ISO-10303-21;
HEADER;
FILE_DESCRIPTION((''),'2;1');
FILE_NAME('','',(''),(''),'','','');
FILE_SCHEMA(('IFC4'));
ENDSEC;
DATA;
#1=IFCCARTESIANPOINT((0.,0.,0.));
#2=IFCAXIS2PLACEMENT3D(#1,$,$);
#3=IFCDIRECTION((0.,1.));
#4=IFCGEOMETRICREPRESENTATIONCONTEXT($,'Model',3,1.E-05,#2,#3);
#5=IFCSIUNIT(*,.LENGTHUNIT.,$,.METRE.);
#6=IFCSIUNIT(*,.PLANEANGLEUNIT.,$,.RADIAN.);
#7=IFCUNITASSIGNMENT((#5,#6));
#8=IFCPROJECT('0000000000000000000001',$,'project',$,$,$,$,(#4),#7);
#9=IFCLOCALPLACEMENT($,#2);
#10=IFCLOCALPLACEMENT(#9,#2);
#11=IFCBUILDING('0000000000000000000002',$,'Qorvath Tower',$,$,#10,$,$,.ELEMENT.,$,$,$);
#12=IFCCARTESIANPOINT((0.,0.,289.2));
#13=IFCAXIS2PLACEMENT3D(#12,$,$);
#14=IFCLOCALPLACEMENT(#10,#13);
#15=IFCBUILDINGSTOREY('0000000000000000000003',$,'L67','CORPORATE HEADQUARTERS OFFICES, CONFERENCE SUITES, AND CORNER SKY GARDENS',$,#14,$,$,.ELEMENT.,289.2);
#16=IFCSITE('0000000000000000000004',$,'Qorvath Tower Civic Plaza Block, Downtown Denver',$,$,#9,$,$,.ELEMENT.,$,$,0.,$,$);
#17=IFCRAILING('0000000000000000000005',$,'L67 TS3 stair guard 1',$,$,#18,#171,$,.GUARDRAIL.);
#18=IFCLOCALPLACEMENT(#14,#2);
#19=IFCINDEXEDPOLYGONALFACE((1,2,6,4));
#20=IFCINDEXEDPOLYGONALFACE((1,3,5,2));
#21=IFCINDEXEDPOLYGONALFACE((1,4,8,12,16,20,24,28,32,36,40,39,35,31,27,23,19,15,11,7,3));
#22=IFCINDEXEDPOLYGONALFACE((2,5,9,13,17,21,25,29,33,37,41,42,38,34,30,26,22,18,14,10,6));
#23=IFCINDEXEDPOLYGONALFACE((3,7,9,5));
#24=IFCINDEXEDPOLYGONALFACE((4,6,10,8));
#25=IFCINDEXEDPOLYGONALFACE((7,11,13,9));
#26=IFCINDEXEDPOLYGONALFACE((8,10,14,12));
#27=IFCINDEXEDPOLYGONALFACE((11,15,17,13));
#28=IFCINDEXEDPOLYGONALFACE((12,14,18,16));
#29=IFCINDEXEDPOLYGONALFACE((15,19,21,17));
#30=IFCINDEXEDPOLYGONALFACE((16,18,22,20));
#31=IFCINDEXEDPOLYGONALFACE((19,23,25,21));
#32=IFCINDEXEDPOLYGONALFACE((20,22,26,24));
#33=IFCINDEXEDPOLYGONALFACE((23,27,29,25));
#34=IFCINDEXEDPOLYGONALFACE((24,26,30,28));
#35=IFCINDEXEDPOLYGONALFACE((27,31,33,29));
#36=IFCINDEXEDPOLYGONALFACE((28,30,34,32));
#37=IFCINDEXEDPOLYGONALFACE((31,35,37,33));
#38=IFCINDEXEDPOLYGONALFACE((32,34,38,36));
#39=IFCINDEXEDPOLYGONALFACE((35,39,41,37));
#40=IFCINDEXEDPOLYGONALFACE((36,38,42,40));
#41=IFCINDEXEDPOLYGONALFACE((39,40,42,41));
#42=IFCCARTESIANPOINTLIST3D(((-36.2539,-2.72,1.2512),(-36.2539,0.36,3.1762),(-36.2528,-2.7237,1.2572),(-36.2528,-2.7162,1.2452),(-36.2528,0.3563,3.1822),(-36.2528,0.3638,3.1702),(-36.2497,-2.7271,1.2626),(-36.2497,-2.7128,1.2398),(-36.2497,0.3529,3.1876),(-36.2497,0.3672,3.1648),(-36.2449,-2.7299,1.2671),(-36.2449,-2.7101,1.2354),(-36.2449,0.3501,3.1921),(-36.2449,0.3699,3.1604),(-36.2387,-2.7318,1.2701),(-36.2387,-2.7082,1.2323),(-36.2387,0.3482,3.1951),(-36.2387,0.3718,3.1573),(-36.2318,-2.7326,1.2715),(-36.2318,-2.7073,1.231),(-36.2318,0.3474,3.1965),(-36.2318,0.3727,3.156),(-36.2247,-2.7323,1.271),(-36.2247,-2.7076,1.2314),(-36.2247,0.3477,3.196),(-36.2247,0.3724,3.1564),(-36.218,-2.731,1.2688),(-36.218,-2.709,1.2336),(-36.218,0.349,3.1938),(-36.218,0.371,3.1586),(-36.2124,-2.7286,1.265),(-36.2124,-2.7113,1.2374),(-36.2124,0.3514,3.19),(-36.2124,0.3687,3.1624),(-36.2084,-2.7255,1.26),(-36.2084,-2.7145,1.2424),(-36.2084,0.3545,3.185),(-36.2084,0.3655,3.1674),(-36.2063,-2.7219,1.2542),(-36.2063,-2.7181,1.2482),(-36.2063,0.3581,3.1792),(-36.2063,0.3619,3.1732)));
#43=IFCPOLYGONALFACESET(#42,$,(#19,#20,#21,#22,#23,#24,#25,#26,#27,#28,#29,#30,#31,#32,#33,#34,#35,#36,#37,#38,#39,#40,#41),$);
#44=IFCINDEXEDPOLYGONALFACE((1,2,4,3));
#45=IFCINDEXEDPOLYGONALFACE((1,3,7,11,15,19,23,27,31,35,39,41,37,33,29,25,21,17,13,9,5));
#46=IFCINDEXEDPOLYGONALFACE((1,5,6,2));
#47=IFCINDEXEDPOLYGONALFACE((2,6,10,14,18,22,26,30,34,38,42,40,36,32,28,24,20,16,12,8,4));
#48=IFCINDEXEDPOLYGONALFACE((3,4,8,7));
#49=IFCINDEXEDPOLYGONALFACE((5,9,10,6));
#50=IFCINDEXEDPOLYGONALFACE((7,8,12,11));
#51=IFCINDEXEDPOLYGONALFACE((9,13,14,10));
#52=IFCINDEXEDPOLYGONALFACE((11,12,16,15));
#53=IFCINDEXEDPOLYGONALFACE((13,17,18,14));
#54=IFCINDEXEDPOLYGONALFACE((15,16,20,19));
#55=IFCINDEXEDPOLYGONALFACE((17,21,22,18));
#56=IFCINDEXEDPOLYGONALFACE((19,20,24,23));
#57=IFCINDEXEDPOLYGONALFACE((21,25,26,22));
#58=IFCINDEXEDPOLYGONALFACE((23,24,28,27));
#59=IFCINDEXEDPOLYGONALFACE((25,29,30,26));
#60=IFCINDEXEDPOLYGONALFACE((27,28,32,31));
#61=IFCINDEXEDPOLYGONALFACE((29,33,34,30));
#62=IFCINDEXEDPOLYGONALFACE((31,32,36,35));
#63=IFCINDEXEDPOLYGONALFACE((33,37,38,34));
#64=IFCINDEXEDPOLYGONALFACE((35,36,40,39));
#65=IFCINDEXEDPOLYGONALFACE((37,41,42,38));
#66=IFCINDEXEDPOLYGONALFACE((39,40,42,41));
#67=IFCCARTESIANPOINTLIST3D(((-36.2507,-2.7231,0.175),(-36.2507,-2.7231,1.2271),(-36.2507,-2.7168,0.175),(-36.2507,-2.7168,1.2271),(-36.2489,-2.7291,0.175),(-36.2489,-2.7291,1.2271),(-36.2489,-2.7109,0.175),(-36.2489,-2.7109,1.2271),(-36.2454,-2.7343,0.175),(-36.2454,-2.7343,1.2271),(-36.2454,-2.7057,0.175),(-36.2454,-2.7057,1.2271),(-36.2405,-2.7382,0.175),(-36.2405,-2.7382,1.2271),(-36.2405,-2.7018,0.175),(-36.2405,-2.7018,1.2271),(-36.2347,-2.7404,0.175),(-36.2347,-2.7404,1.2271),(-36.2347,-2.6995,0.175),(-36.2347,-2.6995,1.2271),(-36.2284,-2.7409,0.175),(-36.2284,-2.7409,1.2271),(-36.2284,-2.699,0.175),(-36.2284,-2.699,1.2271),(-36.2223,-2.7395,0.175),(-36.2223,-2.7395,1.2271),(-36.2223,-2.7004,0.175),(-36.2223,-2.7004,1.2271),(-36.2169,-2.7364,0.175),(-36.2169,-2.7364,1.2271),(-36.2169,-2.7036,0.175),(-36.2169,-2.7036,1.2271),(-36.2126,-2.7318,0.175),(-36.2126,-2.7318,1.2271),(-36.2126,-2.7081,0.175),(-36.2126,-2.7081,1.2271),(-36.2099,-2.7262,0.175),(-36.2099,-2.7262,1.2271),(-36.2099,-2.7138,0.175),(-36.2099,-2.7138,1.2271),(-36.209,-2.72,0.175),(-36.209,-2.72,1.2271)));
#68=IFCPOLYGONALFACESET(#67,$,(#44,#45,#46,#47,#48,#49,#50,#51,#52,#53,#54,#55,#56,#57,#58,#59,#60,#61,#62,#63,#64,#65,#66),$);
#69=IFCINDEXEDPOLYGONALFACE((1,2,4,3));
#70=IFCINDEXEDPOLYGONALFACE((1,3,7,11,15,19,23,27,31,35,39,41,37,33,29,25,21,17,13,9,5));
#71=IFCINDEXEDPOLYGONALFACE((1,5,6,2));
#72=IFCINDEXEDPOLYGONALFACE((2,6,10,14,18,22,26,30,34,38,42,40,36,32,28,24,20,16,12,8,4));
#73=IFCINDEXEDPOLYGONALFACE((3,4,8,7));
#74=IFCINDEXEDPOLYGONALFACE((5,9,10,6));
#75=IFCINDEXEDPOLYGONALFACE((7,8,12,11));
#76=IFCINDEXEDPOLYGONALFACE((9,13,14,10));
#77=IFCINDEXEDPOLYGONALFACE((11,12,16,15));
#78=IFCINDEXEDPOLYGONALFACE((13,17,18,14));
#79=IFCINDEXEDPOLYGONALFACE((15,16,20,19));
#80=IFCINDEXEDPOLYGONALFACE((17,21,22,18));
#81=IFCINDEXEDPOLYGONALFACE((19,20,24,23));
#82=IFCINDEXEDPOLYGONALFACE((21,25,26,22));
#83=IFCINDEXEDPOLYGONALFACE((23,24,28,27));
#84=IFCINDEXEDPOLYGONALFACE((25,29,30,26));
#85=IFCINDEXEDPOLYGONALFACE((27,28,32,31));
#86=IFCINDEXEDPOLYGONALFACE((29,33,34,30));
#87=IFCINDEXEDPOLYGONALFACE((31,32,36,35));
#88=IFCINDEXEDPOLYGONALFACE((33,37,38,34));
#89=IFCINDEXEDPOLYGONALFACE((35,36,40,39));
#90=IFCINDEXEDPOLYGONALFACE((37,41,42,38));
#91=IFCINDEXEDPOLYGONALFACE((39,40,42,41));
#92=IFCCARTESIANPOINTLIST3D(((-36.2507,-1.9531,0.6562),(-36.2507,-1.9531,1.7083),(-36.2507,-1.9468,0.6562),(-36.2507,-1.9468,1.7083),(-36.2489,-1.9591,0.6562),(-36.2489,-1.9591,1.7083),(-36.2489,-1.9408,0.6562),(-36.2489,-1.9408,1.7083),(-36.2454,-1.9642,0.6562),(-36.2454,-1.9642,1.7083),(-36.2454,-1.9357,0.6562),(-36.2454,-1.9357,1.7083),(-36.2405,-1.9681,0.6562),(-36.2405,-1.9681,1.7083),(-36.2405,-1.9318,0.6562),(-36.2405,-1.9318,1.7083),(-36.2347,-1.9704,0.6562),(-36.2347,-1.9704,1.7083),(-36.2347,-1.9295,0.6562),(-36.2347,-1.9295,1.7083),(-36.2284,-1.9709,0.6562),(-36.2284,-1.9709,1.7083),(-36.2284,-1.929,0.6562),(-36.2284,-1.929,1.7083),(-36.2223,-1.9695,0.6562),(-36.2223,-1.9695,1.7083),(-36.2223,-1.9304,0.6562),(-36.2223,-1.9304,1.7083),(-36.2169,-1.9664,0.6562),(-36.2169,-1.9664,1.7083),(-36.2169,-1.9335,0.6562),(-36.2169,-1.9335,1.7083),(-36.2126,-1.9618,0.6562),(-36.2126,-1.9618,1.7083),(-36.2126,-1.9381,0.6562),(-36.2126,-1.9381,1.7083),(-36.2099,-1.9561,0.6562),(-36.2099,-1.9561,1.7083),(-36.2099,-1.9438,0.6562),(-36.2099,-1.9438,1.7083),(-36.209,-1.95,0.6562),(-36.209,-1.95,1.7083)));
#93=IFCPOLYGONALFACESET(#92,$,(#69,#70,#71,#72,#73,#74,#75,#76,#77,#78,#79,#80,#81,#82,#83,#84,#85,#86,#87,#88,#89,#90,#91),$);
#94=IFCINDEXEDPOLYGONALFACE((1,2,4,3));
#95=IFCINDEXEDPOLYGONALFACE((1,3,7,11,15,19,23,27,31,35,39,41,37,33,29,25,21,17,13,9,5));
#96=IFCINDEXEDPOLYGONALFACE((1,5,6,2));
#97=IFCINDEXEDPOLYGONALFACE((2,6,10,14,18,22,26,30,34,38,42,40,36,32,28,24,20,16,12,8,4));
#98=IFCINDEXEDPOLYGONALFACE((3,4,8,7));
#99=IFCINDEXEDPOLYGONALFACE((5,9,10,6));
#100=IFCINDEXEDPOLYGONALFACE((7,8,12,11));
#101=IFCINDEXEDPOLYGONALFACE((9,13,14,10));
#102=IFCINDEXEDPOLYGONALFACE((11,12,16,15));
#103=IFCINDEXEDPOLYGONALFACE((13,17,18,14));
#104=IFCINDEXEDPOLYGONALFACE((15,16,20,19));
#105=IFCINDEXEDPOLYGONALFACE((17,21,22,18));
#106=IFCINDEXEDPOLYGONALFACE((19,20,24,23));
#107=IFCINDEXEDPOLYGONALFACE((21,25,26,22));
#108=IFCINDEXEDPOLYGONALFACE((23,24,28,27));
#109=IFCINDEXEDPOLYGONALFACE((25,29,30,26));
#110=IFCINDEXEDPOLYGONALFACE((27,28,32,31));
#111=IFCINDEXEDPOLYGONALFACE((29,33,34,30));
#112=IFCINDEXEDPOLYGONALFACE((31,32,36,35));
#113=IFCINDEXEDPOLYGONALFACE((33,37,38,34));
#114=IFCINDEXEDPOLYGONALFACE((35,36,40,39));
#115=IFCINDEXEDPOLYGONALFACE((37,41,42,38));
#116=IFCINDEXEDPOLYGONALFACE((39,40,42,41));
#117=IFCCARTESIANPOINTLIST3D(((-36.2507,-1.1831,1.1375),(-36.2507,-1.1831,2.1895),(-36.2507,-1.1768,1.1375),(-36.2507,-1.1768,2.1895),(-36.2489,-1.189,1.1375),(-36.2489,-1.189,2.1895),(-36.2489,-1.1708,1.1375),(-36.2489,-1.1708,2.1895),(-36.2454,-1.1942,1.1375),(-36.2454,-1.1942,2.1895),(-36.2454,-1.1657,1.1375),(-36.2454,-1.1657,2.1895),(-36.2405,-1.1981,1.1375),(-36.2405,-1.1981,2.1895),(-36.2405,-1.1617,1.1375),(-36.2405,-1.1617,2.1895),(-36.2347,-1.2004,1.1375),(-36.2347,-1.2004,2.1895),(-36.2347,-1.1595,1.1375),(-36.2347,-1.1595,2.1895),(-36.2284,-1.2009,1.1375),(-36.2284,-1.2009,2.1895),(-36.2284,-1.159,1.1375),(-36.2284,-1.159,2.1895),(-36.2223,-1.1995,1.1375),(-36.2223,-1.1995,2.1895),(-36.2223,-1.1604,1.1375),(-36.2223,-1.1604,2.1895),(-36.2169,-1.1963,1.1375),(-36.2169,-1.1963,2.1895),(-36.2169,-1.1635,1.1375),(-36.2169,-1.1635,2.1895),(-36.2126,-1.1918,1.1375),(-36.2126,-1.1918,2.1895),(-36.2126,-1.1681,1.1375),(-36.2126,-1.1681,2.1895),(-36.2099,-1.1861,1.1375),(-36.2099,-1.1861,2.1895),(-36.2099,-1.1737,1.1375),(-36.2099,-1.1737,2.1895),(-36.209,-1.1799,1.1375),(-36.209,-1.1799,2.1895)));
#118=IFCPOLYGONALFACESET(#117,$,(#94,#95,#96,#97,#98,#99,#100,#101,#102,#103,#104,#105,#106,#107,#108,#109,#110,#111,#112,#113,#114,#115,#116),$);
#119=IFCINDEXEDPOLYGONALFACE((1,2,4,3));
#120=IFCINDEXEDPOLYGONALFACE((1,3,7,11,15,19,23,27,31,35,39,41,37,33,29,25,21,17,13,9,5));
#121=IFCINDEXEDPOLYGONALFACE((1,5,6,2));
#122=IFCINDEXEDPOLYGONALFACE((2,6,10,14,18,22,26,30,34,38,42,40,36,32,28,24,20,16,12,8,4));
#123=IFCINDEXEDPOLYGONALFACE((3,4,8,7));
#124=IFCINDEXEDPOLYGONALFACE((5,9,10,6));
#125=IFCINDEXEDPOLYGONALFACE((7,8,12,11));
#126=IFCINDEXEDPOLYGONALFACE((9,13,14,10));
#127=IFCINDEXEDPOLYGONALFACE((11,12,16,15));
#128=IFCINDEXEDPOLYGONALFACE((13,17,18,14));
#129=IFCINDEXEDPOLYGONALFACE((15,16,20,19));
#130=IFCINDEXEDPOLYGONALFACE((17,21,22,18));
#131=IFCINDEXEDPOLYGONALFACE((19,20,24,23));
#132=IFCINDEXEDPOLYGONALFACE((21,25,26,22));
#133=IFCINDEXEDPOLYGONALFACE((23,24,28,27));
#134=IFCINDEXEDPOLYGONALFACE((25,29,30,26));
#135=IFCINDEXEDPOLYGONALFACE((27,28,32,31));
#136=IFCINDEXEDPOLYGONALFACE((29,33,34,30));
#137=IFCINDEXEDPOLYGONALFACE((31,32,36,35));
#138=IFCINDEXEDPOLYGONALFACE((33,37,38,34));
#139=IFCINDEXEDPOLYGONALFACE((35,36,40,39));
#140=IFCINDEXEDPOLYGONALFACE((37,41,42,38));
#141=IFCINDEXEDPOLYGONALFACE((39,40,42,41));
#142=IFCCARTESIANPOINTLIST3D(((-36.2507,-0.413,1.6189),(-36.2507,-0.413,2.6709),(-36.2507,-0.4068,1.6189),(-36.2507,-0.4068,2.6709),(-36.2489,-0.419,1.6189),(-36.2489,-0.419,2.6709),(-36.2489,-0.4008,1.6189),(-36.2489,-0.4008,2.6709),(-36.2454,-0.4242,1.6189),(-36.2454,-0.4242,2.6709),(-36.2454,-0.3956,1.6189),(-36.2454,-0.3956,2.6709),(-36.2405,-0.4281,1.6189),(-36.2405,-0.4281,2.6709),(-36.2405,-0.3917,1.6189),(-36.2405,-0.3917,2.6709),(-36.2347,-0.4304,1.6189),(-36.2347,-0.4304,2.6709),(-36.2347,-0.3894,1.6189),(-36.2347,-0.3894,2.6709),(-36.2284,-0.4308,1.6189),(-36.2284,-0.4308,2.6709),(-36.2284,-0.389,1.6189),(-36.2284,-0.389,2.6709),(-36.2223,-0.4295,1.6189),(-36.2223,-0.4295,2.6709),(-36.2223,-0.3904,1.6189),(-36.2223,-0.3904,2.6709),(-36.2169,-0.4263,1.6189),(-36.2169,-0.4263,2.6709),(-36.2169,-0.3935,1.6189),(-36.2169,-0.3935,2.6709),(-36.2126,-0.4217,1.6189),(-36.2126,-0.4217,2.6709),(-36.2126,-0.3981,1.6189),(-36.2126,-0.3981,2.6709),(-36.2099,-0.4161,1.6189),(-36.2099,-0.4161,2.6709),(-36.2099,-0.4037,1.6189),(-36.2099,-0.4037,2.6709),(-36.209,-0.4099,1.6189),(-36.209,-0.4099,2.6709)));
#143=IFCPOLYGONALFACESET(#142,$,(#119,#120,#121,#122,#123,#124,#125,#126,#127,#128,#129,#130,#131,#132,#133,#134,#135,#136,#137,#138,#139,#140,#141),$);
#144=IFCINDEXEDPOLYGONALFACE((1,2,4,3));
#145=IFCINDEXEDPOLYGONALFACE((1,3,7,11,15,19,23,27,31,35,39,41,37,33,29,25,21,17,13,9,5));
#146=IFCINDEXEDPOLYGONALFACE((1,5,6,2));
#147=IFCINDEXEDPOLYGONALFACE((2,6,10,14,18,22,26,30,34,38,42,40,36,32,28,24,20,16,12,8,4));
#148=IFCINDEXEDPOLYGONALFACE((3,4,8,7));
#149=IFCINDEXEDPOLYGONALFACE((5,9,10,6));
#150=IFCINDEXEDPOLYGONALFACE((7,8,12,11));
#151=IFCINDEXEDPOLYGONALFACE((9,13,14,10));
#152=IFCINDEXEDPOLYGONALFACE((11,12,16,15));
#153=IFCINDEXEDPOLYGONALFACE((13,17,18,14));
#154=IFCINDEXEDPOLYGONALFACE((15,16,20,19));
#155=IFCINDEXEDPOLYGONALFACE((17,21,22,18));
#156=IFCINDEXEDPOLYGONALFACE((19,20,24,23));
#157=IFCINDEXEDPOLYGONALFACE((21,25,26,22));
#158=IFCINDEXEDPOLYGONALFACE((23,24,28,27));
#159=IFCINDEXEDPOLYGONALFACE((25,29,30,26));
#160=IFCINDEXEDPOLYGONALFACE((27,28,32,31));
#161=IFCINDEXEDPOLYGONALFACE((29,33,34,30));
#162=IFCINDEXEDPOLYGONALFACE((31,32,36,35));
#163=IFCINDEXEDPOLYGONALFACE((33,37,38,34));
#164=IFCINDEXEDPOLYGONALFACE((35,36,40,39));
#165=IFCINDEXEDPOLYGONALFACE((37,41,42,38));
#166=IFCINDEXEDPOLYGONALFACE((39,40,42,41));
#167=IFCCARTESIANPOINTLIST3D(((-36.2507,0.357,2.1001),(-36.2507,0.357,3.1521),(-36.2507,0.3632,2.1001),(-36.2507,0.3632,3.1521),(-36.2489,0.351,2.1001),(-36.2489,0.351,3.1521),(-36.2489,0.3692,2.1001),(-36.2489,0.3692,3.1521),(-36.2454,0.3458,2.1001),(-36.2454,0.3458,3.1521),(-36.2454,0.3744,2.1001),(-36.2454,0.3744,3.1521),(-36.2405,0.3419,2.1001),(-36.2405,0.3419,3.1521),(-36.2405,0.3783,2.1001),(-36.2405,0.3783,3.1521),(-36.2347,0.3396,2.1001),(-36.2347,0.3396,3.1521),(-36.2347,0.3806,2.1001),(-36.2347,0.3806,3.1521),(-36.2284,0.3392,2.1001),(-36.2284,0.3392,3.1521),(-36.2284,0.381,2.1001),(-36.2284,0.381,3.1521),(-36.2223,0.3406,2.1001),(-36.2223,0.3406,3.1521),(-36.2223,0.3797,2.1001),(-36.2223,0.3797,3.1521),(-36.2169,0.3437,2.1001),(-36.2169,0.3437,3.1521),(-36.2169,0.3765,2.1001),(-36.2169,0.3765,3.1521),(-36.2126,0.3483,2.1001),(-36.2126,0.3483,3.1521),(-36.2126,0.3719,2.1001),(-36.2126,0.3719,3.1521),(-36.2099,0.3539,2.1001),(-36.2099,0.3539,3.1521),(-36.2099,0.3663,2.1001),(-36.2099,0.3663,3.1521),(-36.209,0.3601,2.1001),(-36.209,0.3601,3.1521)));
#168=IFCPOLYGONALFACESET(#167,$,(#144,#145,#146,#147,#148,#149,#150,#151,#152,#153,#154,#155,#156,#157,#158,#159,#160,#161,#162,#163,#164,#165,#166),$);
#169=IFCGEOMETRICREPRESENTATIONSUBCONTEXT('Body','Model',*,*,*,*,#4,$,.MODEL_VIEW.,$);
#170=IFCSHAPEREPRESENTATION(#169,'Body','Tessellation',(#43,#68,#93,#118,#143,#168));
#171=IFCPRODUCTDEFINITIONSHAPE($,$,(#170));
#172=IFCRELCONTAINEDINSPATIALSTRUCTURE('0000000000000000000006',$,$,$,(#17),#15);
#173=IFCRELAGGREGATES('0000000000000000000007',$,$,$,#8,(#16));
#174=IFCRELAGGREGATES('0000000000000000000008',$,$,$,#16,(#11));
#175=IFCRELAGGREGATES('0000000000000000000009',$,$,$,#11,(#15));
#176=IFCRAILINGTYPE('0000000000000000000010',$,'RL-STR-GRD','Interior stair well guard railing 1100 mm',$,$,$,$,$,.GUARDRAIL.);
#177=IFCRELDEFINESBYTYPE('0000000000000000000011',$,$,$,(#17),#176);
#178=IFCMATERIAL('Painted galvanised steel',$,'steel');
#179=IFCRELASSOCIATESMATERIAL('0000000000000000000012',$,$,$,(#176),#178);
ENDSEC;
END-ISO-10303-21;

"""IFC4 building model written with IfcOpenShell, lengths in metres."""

from ifc_helpers import new_model, si_unit, direction, frame, origin, origin_2d, place, context, subcontext, project, spatial, circle, extrude, material, type_object, element, save


model = new_model("IFC4")

# Units and contexts
model_context = context("Model", 3, precision=1e-05, world=origin(), true_north=direction((0.0, 1.0)))
body_context = subcontext(model_context, "Body", "Model", "MODEL_VIEW")
ifc_project = project(units=[si_unit("LENGTHUNIT", "METRE"), si_unit("PLANEANGLEUNIT", "RADIAN")], contexts=[model_context])

# Site, building, storey
site_placement = place(None, origin())
site = spatial("IfcSite", under=ifc_project, at=site_placement, Name="Qorvath Tower Civic Plaza Block, Downtown Denver", CompositionType="ELEMENT", RefElevation=0.0)
building_placement = place(site_placement, origin())
building = spatial("IfcBuilding", under=site, at=building_placement, Name="Qorvath Tower", CompositionType="ELEMENT")
storey_placement = place(building_placement, frame((0.0, 0.0, 289.2)))
storey = spatial("IfcBuildingStorey", under=building, at=storey_placement, Name="L67", Description="CORPORATE HEADQUARTERS OFFICES, CONFERENCE SUITES, AND CORNER SKY GARDENS", CompositionType="ELEMENT", Elevation=289.2)

# Railing
ifc_material_1 = material(Name="Painted galvanised steel", Category="steel")
railing_type_1 = type_object("IfcRailingType", Name="RL-STR-GRD", Description="Interior stair well guard railing 1100 mm", PredefinedType="GUARDRAIL", material=ifc_material_1)
railing_1_placement = place(storey_placement, frame((-36.23, -2.72, 0.175)))
element("IfcRailing", 1, at=railing_1_placement, inside=storey, type_object=railing_type_1, Name="L67 TS3 stair guard 1", PredefinedType="GUARDRAIL", context=body_context, shape_type="SweptSolid", body=[
    extrude(circle(Radius=0.0239, at=origin_2d()), frame((0.0, 0.0, 1.0762), z_axis=(0.0, 0.847998, 0.529999), x_axis=(-1.0, 0.0, 0.0)), (0.0, 0.0, 1.0), 3.6321),
    extrude(circle(Radius=0.021, at=origin_2d()), origin(), (0.0, 0.0, 1.0), 1.052),
    extrude(circle(Radius=0.021, at=origin_2d()), frame((0.0, 0.77, 0.4812)), (0.0, 0.0, 1.0), 1.052),
    extrude(circle(Radius=0.021, at=origin_2d()), frame((0.0, 1.54, 0.9624)), (0.0, 0.0, 1.0), 1.052),
    extrude(circle(Radius=0.021, at=origin_2d()), frame((0.0, 2.3101, 1.4438)), (0.0, 0.0, 1.0), 1.052),
    extrude(circle(Radius=0.021, at=origin_2d()), frame((0.0, 3.0801, 1.925)), (0.0, 0.0, 1.0), 1.052),
])

save(model, "model.ifc")
